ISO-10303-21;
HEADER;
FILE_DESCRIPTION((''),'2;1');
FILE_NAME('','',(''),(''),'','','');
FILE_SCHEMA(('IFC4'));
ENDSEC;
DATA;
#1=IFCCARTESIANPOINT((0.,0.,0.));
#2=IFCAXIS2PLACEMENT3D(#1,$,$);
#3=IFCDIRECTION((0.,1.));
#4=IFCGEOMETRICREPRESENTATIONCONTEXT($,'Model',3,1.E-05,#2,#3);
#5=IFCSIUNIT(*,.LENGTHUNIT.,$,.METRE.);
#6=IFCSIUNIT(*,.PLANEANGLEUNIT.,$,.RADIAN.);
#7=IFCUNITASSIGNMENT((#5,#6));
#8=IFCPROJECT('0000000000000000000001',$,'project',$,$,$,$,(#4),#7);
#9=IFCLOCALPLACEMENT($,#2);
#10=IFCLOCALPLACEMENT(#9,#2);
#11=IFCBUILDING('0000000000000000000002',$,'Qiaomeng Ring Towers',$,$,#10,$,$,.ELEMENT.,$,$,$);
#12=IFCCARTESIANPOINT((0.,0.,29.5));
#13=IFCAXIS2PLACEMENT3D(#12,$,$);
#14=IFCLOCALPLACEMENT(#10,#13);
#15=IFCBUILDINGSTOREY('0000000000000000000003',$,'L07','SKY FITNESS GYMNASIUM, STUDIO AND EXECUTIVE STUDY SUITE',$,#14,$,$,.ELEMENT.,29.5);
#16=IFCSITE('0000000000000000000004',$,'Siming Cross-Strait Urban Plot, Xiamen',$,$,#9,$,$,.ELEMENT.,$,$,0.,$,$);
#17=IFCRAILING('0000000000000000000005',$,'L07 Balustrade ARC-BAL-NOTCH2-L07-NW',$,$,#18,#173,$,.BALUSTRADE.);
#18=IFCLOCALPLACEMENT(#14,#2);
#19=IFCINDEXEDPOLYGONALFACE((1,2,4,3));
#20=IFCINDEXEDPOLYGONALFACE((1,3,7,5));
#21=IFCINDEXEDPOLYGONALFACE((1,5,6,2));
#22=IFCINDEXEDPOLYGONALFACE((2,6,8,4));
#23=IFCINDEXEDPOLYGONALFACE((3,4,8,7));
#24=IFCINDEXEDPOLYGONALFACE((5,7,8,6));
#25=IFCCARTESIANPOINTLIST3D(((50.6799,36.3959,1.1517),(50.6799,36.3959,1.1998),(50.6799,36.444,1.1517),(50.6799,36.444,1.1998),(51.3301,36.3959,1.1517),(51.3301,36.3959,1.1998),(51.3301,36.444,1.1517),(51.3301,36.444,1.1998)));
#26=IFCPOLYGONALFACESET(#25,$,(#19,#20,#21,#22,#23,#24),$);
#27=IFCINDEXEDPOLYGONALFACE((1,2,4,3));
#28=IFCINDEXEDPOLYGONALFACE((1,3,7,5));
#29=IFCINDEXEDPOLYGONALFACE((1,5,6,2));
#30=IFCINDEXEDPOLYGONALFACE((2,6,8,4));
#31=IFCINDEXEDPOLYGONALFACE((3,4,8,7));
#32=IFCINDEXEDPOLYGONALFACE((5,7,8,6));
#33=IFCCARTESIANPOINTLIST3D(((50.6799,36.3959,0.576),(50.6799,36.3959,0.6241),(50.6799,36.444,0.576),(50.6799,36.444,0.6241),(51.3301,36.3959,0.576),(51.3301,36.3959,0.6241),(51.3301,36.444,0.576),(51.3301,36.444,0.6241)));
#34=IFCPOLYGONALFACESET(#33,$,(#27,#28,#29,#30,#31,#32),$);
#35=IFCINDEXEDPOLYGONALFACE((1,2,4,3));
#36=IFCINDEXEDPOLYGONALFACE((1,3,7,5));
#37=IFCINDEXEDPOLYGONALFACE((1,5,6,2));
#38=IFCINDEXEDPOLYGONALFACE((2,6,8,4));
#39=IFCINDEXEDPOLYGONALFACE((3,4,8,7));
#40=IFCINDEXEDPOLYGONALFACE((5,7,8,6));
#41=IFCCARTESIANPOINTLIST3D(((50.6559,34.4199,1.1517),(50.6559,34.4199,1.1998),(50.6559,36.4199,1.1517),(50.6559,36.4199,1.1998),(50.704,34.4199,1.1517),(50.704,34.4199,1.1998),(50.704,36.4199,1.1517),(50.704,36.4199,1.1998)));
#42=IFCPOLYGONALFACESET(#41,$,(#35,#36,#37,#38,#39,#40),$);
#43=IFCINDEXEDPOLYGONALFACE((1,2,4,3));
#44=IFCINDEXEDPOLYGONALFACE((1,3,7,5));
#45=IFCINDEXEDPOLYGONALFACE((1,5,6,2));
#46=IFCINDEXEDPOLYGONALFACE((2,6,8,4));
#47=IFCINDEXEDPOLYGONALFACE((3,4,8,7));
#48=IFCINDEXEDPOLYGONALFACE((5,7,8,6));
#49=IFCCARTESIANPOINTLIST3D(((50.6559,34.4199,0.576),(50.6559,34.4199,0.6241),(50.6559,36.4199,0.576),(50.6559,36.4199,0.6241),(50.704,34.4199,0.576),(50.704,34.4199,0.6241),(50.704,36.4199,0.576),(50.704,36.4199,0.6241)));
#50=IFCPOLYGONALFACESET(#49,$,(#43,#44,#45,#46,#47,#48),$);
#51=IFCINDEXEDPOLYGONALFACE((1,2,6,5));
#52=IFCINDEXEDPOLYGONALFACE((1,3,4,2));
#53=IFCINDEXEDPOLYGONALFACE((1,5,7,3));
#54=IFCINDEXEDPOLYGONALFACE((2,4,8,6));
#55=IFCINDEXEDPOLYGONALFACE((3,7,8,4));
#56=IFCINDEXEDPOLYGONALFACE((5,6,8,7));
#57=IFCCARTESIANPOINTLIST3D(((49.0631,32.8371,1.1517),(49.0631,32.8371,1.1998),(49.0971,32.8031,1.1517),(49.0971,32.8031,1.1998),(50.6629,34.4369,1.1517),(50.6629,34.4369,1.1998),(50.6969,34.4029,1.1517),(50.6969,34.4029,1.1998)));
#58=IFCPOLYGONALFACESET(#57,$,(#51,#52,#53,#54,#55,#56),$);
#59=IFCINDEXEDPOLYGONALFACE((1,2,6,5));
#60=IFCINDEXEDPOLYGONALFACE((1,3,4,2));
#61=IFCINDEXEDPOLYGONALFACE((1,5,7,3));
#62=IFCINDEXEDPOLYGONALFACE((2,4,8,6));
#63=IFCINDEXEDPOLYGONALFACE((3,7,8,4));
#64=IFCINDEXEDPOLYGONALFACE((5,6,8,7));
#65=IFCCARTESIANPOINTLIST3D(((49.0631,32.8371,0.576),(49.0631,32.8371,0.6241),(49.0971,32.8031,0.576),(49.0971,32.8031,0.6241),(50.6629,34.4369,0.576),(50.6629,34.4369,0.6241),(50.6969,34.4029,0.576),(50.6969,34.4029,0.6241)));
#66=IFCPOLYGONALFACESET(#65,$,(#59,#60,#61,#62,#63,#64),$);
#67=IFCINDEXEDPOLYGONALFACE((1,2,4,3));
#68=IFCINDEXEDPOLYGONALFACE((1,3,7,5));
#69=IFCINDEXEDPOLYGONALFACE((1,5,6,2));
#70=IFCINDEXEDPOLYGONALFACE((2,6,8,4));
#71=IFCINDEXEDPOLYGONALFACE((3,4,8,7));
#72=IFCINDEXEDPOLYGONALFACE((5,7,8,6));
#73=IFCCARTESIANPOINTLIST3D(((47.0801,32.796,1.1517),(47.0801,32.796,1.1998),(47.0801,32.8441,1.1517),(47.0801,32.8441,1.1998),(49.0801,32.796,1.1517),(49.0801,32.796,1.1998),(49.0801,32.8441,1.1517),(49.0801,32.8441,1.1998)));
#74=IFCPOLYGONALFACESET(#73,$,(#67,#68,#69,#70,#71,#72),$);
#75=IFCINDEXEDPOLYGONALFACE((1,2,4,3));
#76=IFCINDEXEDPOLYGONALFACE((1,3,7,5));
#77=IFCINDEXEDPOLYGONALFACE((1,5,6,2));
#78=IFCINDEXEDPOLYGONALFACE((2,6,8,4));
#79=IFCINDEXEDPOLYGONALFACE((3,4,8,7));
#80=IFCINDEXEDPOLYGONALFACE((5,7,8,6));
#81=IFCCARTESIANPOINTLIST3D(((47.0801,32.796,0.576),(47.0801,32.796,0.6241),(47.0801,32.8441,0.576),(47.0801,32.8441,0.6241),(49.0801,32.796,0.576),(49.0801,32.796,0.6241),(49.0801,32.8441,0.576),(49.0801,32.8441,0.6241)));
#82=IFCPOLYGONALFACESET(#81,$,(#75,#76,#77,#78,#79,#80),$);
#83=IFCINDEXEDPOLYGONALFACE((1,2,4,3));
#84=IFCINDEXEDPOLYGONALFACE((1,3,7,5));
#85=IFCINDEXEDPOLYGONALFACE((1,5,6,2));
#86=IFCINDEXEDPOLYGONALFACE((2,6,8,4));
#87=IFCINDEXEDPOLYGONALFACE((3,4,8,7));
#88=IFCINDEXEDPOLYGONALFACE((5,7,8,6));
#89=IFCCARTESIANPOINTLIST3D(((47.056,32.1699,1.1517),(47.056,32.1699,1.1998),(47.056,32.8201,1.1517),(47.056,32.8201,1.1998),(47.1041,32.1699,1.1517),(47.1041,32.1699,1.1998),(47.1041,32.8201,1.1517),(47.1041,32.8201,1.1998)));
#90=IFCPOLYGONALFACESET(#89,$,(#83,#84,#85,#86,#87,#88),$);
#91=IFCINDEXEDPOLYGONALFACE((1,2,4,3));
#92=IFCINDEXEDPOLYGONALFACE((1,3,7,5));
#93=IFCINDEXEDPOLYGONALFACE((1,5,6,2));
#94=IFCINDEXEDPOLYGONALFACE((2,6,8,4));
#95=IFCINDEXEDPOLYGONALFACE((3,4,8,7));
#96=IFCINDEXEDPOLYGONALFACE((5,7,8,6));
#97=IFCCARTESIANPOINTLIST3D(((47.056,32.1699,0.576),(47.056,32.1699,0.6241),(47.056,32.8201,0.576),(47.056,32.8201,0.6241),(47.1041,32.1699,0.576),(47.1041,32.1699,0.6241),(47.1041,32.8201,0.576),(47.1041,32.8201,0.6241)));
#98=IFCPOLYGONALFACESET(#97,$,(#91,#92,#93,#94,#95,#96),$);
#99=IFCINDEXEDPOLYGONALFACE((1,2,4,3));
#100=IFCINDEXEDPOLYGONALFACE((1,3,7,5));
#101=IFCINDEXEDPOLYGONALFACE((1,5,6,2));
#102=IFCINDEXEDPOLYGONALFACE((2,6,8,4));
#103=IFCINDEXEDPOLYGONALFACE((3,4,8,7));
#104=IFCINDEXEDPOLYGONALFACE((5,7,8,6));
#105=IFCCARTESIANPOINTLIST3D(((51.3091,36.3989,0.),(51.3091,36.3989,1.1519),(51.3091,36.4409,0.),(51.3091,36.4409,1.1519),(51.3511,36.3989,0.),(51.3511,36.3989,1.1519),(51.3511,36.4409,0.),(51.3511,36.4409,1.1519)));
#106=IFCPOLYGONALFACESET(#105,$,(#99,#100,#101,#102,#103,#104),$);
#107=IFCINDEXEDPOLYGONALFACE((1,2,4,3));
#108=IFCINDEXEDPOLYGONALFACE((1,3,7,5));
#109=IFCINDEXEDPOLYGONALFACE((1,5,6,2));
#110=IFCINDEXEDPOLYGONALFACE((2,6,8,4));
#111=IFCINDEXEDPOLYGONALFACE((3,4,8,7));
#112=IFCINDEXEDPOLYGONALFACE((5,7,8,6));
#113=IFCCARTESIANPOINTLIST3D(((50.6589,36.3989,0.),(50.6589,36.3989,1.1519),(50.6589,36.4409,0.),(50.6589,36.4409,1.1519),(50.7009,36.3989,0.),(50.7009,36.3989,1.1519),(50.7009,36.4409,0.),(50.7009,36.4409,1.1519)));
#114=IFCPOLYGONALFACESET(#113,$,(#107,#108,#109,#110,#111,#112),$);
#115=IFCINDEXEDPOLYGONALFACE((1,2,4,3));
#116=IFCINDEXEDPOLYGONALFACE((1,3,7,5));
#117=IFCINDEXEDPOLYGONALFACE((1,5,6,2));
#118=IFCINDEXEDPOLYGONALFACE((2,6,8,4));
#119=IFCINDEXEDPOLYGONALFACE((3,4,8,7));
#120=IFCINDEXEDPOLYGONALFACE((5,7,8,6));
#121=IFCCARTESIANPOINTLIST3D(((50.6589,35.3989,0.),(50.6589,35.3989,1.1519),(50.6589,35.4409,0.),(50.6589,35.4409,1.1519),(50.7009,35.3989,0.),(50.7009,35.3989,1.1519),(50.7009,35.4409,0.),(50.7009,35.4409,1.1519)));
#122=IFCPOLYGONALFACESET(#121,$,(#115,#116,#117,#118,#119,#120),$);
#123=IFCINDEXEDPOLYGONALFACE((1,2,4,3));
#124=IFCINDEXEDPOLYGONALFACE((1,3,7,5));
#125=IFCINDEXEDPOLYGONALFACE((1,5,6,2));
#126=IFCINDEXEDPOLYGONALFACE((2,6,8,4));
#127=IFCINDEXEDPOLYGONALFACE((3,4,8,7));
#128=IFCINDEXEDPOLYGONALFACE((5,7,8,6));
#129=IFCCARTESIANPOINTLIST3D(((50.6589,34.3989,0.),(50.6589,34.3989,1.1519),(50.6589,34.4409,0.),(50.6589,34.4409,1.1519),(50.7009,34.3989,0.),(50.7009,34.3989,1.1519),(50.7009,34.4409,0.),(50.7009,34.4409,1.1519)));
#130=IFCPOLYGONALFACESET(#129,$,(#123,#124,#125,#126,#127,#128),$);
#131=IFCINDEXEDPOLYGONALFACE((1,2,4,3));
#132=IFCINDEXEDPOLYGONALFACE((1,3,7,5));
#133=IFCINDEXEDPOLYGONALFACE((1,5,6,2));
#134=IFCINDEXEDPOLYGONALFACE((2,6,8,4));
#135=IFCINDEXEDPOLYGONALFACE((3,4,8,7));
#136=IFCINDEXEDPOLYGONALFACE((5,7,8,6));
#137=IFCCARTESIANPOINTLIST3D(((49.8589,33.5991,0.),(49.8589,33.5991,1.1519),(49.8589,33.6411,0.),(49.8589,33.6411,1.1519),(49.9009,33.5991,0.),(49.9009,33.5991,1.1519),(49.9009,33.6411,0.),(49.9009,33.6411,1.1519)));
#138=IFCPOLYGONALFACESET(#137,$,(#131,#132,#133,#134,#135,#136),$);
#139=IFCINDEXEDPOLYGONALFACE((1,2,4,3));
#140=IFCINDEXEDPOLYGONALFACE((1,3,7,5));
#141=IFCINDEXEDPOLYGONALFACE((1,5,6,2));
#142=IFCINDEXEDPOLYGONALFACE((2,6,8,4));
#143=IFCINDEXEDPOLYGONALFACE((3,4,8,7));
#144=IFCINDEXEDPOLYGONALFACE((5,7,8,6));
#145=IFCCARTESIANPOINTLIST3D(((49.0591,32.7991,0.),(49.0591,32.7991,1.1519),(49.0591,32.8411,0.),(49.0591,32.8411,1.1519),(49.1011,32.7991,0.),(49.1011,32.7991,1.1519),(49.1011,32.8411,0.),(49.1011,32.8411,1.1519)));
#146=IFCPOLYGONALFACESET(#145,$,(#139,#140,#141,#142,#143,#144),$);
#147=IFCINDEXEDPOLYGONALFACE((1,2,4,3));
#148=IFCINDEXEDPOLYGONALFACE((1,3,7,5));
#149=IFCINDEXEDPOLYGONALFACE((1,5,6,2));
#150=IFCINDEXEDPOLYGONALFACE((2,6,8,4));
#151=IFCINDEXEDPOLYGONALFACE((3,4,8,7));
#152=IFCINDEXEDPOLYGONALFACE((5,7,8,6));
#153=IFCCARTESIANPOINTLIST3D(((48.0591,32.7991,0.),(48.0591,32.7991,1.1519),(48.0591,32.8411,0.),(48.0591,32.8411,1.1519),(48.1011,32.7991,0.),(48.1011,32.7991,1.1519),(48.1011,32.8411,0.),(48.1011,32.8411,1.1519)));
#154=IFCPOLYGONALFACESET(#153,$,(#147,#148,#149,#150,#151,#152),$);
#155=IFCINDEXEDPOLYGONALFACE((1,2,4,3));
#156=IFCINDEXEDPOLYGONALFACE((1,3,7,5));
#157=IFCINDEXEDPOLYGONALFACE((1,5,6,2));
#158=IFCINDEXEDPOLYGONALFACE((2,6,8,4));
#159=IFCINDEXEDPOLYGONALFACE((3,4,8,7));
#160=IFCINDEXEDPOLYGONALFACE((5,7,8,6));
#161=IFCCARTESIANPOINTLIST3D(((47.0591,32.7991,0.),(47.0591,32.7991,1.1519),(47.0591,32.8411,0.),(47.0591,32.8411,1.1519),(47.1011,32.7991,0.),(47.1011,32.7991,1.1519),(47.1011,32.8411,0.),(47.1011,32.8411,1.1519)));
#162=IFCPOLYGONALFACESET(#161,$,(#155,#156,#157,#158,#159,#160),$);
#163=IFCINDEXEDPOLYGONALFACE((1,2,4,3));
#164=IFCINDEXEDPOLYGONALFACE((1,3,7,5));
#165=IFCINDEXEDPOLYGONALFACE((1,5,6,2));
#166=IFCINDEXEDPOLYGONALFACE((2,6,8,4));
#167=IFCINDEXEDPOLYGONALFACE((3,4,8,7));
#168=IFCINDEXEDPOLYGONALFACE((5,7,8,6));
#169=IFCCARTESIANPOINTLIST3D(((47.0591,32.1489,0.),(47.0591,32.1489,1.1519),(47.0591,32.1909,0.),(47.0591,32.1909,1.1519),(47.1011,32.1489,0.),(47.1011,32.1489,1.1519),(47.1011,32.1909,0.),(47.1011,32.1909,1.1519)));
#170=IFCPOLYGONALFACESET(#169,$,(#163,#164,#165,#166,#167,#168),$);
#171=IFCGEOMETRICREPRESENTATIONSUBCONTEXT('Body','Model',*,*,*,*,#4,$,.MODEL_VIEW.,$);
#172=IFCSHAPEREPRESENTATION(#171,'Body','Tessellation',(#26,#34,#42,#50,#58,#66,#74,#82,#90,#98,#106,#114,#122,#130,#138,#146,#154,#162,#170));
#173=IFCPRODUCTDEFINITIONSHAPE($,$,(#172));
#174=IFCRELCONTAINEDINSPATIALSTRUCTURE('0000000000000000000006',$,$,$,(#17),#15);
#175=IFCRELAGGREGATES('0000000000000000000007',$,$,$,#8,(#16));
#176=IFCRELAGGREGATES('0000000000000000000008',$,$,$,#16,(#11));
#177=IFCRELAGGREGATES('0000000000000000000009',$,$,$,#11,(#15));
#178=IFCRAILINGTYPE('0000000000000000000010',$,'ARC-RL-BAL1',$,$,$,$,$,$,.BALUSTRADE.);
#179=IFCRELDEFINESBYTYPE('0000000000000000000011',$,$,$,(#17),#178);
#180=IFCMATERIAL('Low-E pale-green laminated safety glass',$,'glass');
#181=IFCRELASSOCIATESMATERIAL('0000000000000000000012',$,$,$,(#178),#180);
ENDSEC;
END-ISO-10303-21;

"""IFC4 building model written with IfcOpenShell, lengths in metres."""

from ifc_helpers import new_model, si_unit, direction, frame, origin, origin_2d, place, context, subcontext, project, spatial, rectangle, extrude, material, type_object, element, save


model = new_model("IFC4")

# Units and contexts
model_context = context("Model", 3, precision=1e-05, world=origin(), true_north=direction((0.0, 1.0)))
body_context = subcontext(model_context, "Body", "Model", "MODEL_VIEW")
ifc_project = project(units=[si_unit("LENGTHUNIT", "METRE"), si_unit("PLANEANGLEUNIT", "RADIAN")], contexts=[model_context])

# Site, building, storey
site_placement = place(None, origin())
site = spatial("IfcSite", under=ifc_project, at=site_placement, Name="Siming Cross-Strait Urban Plot, Xiamen", CompositionType="ELEMENT", RefElevation=0.0)
building_placement = place(site_placement, origin())
building = spatial("IfcBuilding", under=site, at=building_placement, Name="Qiaomeng Ring Towers", CompositionType="ELEMENT")
storey_placement = place(building_placement, frame((0.0, 0.0, 29.5)))
storey = spatial("IfcBuildingStorey", under=building, at=storey_placement, Name="L07", Description="SKY FITNESS GYMNASIUM, STUDIO AND EXECUTIVE STUDY SUITE", CompositionType="ELEMENT", Elevation=29.5)

# Railing
ifc_material_1 = material(Name="Low-E pale-green laminated safety glass", Category="glass")
railing_type = type_object("IfcRailingType", Name="ARC-RL-BAL1", PredefinedType="BALUSTRADE", material=ifc_material_1)
railing_1_placement = place(storey_placement, frame((51.3301, 36.4199, 0.0)))
element("IfcRailing", 1, at=railing_1_placement, inside=storey, type_object=railing_type, Name="L07 Balustrade ARC-BAL-NOTCH2-L07-NW", PredefinedType="BALUSTRADE", context=body_context, shape_type="SweptSolid", body=[
    extrude(rectangle(XDim=0.0481, YDim=0.0481, at=origin_2d()), frame((0.0, 0.0, 1.1758), z_axis=(-1.0, 0.0, 0.0), x_axis=(0.0, -1.0, 0.0)), (0.0, 0.0, 1.0), 0.6501),
    extrude(rectangle(XDim=0.0481, YDim=0.0481, at=origin_2d()), frame((0.0, 0.0, 0.6001), z_axis=(-1.0, 0.0, 0.0), x_axis=(0.0, -1.0, 0.0)), (0.0, 0.0, 1.0), 0.6501),
    extrude(rectangle(XDim=0.0481, YDim=0.0481, at=origin_2d()), frame((-0.6501, 0.0, 1.1758), z_axis=(0.0, -1.0, 0.0), x_axis=(1.0, 0.0, 0.0)), (0.0, 0.0, 1.0), 2.0),
    extrude(rectangle(XDim=0.0481, YDim=0.0481, at=origin_2d()), frame((-0.6501, 0.0, 0.6001), z_axis=(0.0, -1.0, 0.0), x_axis=(1.0, 0.0, 0.0)), (0.0, 0.0, 1.0), 2.0),
    extrude(rectangle(XDim=0.0481, YDim=0.0481, at=origin_2d()), frame((-0.6501, -2.0, 1.1758), z_axis=(-0.707107, -0.707107, 0.0), x_axis=(0.707107, -0.707107, 0.0)), (0.0, 0.0, 1.0), 2.2625),
    extrude(rectangle(XDim=0.0481, YDim=0.0481, at=origin_2d()), frame((-0.6501, -2.0, 0.6001), z_axis=(-0.707107, -0.707107, 0.0), x_axis=(0.707107, -0.707107, 0.0)), (0.0, 0.0, 1.0), 2.2625),
    extrude(rectangle(XDim=0.0481, YDim=0.0481, at=origin_2d()), frame((-2.25, -3.5999, 1.1758), z_axis=(-1.0, 0.0, 0.0), x_axis=(0.0, -1.0, 0.0)), (0.0, 0.0, 1.0), 2.0),
    extrude(rectangle(XDim=0.0481, YDim=0.0481, at=origin_2d()), frame((-2.25, -3.5999, 0.6001), z_axis=(-1.0, 0.0, 0.0), x_axis=(0.0, -1.0, 0.0)), (0.0, 0.0, 1.0), 2.0),
    extrude(rectangle(XDim=0.0481, YDim=0.0481, at=origin_2d()), frame((-4.25, -3.5999, 1.1758), z_axis=(0.0, -1.0, 0.0), x_axis=(1.0, 0.0, 0.0)), (0.0, 0.0, 1.0), 0.6501),
    extrude(rectangle(XDim=0.0481, YDim=0.0481, at=origin_2d()), frame((-4.25, -3.5999, 0.6001), z_axis=(0.0, -1.0, 0.0), x_axis=(1.0, 0.0, 0.0)), (0.0, 0.0, 1.0), 0.6501),
    extrude(rectangle(XDim=0.042, YDim=0.042, at=origin_2d()), origin(), (0.0, 0.0, 1.0), 1.1519),
    extrude(rectangle(XDim=0.042, YDim=0.042, at=origin_2d()), frame((-0.6501, 0.0, 0.0)), (0.0, 0.0, 1.0), 1.1519),
    extrude(rectangle(XDim=0.042, YDim=0.042, at=origin_2d()), frame((-0.6501, -1.0, 0.0)), (0.0, 0.0, 1.0), 1.1519),
    extrude(rectangle(XDim=0.042, YDim=0.042, at=origin_2d()), frame((-0.6501, -2.0, 0.0)), (0.0, 0.0, 1.0), 1.1519),
    extrude(rectangle(XDim=0.042, YDim=0.042, at=origin_2d()), frame((-1.4502, -2.7998, 0.0)), (0.0, 0.0, 1.0), 1.1519),
    extrude(rectangle(XDim=0.042, YDim=0.042, at=origin_2d()), frame((-2.25, -3.5999, 0.0)), (0.0, 0.0, 1.0), 1.1519),
    extrude(rectangle(XDim=0.042, YDim=0.042, at=origin_2d()), frame((-3.25, -3.5999, 0.0)), (0.0, 0.0, 1.0), 1.1519),
    extrude(rectangle(XDim=0.042, YDim=0.042, at=origin_2d()), frame((-4.25, -3.5999, 0.0)), (0.0, 0.0, 1.0), 1.1519),
    extrude(rectangle(XDim=0.042, YDim=0.042, at=origin_2d()), frame((-4.25, -4.25, 0.0)), (0.0, 0.0, 1.0), 1.1519),
])

save(model, "model.ifc")
